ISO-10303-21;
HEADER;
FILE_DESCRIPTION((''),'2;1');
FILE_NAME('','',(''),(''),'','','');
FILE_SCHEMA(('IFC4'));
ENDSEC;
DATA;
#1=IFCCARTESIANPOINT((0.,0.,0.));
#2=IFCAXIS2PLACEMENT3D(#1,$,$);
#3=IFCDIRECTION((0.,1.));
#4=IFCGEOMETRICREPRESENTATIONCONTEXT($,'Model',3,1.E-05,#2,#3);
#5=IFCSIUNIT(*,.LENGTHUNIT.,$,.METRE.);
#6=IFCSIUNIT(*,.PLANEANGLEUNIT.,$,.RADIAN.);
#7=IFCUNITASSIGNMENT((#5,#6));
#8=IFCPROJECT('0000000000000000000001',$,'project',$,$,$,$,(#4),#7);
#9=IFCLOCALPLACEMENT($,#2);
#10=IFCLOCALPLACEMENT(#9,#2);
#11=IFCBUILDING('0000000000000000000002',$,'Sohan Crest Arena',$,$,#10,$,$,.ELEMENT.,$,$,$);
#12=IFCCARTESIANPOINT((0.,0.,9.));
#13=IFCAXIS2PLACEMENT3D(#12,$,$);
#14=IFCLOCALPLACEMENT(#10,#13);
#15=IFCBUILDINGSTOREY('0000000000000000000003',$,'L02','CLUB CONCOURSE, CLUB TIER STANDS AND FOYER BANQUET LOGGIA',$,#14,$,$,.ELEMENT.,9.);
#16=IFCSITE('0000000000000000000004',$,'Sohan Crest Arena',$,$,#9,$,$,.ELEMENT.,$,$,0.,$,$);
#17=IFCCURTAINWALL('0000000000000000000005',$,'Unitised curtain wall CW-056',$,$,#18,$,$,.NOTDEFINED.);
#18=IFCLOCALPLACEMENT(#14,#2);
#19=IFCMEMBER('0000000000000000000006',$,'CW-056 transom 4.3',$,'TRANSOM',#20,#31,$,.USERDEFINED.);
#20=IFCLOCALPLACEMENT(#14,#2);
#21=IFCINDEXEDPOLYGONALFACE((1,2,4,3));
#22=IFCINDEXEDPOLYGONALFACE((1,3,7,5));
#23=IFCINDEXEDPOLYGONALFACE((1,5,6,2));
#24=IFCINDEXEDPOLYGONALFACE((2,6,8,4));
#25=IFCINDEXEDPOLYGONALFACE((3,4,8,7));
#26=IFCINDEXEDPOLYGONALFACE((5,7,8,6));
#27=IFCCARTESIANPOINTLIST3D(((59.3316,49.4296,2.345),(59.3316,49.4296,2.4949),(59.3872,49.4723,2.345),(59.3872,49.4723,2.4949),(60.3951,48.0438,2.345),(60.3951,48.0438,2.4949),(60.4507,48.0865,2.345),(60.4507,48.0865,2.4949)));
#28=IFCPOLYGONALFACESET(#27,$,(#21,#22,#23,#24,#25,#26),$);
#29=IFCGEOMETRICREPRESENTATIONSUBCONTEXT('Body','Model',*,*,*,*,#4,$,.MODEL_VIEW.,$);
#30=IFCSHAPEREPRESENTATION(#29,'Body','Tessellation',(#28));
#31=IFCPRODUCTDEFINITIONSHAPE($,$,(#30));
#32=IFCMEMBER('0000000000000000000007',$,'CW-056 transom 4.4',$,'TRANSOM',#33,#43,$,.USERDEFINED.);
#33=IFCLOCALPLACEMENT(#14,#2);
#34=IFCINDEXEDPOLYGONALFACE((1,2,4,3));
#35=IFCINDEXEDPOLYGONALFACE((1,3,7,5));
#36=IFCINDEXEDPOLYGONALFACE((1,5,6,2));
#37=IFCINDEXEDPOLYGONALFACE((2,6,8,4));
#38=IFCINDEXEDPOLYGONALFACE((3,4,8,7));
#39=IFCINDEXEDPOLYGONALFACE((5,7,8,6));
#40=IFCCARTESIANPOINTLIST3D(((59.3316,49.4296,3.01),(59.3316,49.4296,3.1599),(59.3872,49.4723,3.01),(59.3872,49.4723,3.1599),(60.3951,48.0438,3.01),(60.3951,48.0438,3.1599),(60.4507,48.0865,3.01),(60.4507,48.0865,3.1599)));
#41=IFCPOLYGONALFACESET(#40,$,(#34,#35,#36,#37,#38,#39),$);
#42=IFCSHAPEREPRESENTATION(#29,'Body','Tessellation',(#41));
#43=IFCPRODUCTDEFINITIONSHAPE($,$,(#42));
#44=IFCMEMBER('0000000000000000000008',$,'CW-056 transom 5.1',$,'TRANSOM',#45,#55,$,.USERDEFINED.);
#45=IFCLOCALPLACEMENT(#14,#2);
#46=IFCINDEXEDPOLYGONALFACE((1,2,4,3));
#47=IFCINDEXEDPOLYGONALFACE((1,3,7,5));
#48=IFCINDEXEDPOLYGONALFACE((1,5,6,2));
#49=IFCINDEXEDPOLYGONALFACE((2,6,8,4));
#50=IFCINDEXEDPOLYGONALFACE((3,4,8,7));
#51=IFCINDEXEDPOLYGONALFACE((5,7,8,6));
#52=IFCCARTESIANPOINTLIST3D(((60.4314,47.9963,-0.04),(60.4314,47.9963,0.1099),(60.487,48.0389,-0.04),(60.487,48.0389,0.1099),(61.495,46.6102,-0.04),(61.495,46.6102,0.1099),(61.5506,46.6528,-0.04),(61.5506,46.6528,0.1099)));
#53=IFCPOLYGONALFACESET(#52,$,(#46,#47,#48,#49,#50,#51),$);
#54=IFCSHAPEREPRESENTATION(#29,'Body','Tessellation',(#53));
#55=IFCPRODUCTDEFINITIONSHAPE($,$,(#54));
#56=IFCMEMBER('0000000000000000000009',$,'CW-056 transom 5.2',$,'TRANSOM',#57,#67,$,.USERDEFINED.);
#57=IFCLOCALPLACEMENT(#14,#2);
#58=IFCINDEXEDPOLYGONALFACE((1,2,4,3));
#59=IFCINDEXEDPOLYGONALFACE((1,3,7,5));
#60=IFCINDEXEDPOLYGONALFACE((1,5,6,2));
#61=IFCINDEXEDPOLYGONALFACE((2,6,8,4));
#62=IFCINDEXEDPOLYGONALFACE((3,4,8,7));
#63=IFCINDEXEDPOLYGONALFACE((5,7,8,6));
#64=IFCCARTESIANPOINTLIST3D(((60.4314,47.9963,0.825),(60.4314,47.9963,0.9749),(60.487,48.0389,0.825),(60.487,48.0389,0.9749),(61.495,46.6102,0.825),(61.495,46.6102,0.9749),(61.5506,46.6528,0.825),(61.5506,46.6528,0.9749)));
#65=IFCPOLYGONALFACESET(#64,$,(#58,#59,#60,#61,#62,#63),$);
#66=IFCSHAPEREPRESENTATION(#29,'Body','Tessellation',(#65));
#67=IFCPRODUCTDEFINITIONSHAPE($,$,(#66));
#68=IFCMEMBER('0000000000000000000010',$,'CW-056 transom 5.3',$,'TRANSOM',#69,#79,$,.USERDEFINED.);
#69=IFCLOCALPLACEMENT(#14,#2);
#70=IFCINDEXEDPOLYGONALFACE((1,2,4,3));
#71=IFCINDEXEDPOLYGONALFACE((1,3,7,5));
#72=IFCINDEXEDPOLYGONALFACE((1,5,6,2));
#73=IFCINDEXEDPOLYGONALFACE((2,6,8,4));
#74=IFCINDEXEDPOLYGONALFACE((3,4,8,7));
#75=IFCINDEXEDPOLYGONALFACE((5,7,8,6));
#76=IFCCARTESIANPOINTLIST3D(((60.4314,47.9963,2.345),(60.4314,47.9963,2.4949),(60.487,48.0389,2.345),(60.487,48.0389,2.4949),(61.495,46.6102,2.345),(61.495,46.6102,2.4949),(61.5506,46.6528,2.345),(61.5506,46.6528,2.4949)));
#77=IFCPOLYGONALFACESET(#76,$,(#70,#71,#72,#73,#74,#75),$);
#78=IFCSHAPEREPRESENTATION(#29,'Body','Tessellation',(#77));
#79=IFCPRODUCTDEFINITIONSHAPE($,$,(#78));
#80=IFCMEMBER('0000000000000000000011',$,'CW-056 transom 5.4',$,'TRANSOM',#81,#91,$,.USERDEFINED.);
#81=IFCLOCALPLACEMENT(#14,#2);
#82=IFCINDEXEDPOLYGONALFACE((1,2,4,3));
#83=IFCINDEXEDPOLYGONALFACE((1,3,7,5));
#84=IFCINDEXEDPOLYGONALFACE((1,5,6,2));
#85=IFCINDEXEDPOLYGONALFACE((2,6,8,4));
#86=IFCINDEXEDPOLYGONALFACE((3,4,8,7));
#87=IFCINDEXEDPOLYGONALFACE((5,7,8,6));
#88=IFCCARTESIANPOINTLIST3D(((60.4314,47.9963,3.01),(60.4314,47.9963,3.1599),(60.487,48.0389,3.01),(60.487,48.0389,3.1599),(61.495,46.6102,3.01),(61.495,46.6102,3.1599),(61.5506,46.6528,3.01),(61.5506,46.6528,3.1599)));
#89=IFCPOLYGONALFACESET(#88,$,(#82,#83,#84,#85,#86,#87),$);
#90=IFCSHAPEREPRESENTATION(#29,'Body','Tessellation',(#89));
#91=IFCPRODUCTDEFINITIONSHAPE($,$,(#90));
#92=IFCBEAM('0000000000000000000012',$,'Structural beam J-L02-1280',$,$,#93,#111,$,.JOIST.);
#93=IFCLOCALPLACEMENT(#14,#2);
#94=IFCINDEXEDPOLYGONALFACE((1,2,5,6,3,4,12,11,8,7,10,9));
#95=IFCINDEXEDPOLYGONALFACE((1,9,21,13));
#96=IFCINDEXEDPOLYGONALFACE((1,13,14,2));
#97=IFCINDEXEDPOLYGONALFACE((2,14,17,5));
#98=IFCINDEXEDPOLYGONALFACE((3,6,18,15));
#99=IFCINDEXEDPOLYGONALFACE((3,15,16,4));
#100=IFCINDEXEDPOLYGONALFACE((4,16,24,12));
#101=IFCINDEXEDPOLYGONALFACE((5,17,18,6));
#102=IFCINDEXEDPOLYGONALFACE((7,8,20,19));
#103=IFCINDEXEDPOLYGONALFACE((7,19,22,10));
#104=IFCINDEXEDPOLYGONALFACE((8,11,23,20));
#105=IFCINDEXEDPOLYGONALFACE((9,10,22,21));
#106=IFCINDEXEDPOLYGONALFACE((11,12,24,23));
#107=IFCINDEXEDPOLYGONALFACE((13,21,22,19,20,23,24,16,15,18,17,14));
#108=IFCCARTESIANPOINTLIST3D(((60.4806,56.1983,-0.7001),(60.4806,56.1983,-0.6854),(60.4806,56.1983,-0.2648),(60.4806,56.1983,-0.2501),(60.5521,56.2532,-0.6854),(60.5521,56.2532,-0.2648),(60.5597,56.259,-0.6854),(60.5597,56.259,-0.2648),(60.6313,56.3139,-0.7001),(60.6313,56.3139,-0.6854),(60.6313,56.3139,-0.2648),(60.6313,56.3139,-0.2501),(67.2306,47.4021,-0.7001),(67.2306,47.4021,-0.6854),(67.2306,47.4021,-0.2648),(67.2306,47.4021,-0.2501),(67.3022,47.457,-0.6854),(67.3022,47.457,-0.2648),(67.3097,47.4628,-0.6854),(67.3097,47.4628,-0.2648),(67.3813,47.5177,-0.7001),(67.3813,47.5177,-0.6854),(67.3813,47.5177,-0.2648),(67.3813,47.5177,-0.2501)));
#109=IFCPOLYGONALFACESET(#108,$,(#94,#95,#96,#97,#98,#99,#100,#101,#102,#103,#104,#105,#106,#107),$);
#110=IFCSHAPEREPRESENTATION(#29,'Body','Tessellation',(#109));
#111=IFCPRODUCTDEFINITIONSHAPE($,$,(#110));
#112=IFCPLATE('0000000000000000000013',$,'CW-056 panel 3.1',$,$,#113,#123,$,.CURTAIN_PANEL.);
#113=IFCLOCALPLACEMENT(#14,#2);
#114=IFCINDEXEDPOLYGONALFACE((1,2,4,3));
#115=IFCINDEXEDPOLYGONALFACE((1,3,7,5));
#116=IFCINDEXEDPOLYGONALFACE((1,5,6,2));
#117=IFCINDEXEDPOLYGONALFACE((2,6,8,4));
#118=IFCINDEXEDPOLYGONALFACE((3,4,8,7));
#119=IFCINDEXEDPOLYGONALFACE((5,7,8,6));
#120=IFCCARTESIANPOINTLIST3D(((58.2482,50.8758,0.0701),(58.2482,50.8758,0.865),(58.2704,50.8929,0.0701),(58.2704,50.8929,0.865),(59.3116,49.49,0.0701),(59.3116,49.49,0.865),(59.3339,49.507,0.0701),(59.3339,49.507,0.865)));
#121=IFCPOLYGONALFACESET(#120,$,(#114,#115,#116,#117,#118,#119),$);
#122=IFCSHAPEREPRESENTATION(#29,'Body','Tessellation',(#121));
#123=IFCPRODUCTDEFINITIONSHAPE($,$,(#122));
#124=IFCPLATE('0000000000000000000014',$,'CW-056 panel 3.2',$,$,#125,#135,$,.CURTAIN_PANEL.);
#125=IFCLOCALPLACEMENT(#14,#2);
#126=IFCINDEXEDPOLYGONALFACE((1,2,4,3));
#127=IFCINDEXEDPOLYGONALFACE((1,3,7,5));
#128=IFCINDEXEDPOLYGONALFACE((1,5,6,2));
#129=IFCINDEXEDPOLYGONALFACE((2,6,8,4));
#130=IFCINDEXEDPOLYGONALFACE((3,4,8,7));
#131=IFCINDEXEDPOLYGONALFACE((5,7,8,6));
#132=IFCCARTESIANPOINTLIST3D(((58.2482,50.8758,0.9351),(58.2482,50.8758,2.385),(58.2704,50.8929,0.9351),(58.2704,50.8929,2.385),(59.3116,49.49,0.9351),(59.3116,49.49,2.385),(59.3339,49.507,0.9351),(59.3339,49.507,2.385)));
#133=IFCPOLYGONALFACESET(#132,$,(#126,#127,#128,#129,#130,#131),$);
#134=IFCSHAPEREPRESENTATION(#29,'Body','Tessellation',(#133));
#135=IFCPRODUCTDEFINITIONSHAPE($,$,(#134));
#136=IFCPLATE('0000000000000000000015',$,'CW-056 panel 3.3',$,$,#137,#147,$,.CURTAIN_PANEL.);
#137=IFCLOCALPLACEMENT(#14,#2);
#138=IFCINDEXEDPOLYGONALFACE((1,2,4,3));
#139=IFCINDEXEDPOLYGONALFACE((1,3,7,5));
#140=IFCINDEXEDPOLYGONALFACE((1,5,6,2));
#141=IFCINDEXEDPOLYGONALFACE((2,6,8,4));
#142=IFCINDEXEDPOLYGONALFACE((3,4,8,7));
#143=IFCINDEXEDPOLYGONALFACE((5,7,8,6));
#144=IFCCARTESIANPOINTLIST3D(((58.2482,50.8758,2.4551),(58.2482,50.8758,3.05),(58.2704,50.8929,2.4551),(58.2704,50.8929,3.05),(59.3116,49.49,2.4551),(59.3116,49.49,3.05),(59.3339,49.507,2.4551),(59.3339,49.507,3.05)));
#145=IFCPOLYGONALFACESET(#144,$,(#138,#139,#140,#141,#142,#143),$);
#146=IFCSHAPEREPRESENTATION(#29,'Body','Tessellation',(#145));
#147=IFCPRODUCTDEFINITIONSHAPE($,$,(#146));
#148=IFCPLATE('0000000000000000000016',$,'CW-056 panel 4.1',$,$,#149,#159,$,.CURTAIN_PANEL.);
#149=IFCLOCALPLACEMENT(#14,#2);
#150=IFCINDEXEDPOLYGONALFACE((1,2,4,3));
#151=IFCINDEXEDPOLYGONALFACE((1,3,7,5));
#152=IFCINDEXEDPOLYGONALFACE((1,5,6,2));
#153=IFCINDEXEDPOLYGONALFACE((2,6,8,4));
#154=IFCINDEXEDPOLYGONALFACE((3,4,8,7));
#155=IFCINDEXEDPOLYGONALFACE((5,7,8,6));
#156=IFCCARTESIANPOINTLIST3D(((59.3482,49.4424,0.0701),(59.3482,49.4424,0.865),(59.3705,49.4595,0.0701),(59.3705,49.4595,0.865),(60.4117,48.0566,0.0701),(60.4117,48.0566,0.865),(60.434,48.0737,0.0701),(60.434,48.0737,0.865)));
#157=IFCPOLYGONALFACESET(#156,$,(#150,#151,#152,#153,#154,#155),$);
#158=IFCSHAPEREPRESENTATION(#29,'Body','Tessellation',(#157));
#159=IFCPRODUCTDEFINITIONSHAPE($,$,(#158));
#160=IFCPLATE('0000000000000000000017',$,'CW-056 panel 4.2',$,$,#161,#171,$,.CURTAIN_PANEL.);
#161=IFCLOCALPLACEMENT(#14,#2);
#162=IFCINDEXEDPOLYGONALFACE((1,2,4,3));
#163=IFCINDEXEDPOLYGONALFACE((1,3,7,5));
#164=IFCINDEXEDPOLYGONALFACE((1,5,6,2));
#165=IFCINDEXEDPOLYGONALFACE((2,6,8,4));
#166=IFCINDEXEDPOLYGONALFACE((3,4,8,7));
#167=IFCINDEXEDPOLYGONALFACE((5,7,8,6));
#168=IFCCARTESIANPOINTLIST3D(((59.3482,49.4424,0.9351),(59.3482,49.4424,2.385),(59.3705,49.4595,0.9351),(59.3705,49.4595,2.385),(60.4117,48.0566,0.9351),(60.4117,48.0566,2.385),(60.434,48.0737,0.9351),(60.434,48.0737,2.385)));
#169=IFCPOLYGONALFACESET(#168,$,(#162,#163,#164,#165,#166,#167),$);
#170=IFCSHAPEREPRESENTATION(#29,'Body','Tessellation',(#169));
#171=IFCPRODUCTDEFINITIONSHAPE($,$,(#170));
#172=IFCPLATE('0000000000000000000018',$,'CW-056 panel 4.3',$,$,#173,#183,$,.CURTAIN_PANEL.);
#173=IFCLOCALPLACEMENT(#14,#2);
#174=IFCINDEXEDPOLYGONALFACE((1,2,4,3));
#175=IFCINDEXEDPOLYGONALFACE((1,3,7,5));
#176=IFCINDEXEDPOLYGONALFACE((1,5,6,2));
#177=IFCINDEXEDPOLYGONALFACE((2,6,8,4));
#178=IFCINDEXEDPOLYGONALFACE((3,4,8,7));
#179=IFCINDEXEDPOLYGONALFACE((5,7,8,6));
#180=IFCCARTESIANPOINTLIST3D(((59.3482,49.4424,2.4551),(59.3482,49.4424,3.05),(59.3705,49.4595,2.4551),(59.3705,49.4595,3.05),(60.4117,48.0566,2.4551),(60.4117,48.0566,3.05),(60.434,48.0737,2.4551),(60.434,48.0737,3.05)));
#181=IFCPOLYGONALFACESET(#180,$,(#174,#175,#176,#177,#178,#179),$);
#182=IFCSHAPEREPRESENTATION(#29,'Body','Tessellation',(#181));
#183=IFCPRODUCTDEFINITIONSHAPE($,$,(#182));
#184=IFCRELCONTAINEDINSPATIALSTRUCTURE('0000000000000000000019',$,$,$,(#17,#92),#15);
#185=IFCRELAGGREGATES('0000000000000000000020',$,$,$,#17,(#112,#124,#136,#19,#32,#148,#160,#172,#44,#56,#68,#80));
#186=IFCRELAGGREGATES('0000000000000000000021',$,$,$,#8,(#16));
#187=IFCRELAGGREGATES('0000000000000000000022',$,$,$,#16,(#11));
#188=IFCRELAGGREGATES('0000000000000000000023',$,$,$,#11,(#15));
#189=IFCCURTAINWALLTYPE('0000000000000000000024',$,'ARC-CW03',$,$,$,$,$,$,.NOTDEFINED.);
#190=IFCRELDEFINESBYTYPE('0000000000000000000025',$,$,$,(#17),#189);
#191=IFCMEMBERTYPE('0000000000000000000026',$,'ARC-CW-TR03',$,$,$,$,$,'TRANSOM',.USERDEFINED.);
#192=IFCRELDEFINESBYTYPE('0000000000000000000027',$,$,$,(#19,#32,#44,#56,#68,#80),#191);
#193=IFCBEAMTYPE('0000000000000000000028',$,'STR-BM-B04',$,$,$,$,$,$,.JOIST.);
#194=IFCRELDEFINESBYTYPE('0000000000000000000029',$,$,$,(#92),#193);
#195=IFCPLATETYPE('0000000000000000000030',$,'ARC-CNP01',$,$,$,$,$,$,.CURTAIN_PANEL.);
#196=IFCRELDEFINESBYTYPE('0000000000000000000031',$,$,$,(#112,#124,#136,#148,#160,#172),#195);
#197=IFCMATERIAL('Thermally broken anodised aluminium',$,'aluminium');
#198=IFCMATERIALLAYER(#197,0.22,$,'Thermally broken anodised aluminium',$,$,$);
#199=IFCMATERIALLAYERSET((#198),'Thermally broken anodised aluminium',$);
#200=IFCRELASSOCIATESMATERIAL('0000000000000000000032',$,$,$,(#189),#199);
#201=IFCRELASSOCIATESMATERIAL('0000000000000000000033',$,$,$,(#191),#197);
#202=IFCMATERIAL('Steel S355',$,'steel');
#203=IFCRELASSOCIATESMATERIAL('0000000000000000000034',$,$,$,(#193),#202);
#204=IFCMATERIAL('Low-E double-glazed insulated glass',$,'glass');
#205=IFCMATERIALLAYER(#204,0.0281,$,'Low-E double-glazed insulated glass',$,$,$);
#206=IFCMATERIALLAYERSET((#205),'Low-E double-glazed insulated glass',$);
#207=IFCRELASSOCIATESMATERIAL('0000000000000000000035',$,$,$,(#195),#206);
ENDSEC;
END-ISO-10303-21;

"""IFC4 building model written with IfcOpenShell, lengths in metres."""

from ifc_helpers import new_model, si_unit, direction, frame, origin, origin_2d, place, context, subcontext, project, spatial, rectangle, i_section, extrude, material, layer, layer_set, material_profile, profile_set, type_object, element, aggregate, save


model = new_model("IFC4")

# Units and contexts
model_context = context("Model", 3, precision=1e-05, world=origin(), true_north=direction((0.0, 1.0)))
body_context = subcontext(model_context, "Body", "Model", "MODEL_VIEW")
ifc_project = project(units=[si_unit("LENGTHUNIT", "METRE"), si_unit("PLANEANGLEUNIT", "RADIAN")], contexts=[model_context])

# Site, building, storey
site_placement = place(None, origin())
site = spatial("IfcSite", under=ifc_project, at=site_placement, Name="Sohan Crest Arena", CompositionType="ELEMENT", RefElevation=0.0)
building_placement = place(site_placement, origin())
building = spatial("IfcBuilding", under=site, at=building_placement, Name="Sohan Crest Arena", CompositionType="ELEMENT")
storey_placement = place(building_placement, frame((0.0, 0.0, 9.0)))
storey = spatial("IfcBuildingStorey", under=building, at=storey_placement, Name="L02", Description="CLUB CONCOURSE, CLUB TIER STANDS AND FOYER BANQUET LOGGIA", CompositionType="ELEMENT", Elevation=9.0)

# Curtain wall
ifc_material_1 = material(Name="Thermally broken anodised aluminium", Category="aluminium")
ifc_layer_1 = layer(ifc_material_1, 0.22, Name="Thermally broken anodised aluminium")
ifc_layer_set_1 = layer_set([ifc_layer_1], Name="Thermally broken anodised aluminium")
curtain_wall_type_1 = type_object("IfcCurtainWallType", Name="ARC-CW03", PredefinedType="NOTDEFINED", material=ifc_layer_set_1)
curtain_wall_1_placement = place(storey_placement, origin())
curtain_wall_1 = element("IfcCurtainWall", 1, at=curtain_wall_1_placement, inside=storey, type_object=curtain_wall_type_1, Name="Unitised curtain wall CW-056", PredefinedType="NOTDEFINED")

# Members
ifc_material_profile_1 = material_profile(ifc_material_1, rectangle(XDim=0.0701, YDim=0.1499, at=origin_2d()), Name="ALU-TRAN 70x150")
ifc_profile_set_1 = profile_set([ifc_material_profile_1], Name="Thermally broken anodised aluminium")
member_type_1 = type_object("IfcMemberType", Name="ARC-CW-TR03", ElementType="TRANSOM", PredefinedType="USERDEFINED", material=ifc_profile_set_1)
member_1_placement = place(storey_placement, frame((59.3594, 49.4509, 2.4199), z_axis=(0.608819, -0.793309, 0.0), x_axis=(0.793309, 0.608819, 0.0)))
member_1 = element("IfcMember", 2, at=member_1_placement, type_object=member_type_1, Name="CW-056 transom 4.3", ObjectType="TRANSOM", PredefinedType="USERDEFINED", context=body_context, shape_type="SweptSolid", body=[
    extrude(rectangle(XDim=0.0701, YDim=0.1499, at=origin_2d()), origin(), (0.0, 0.0, 1.0), 1.7468),
])
member_2_placement = place(storey_placement, frame((59.3594, 49.4509, 3.085), z_axis=(0.608819, -0.793309, 0.0), x_axis=(0.793309, 0.608819, 0.0)))
member_2 = element("IfcMember", 3, at=member_2_placement, type_object=member_type_1, Name="CW-056 transom 4.4", ObjectType="TRANSOM", PredefinedType="USERDEFINED", context=body_context, shape_type="SweptSolid", body=[
    extrude(rectangle(XDim=0.0701, YDim=0.1499, at=origin_2d()), origin(), (0.0, 0.0, 1.0), 1.7468),
])
member_3_placement = place(storey_placement, frame((60.4592, 48.0176, 0.0349), z_axis=(0.608751, -0.793361, 0.0), x_axis=(0.793361, 0.608751, 0.0)))
member_3 = element("IfcMember", 4, at=member_3_placement, type_object=member_type_1, Name="CW-056 transom 5.1", ObjectType="TRANSOM", PredefinedType="USERDEFINED", context=body_context, shape_type="SweptSolid", body=[
    extrude(rectangle(XDim=0.0701, YDim=0.1499, at=origin_2d()), origin(), (0.0, 0.0, 1.0), 1.7471),
])
member_4_placement = place(storey_placement, frame((60.4592, 48.0176, 0.8999), z_axis=(0.608751, -0.793361, 0.0), x_axis=(0.793361, 0.608751, 0.0)))
member_4 = element("IfcMember", 5, at=member_4_placement, type_object=member_type_1, Name="CW-056 transom 5.2", ObjectType="TRANSOM", PredefinedType="USERDEFINED", context=body_context, shape_type="SweptSolid", body=[
    extrude(rectangle(XDim=0.0701, YDim=0.1499, at=origin_2d()), origin(), (0.0, 0.0, 1.0), 1.7471),
])
member_5_placement = place(storey_placement, frame((60.4592, 48.0176, 2.4199), z_axis=(0.608751, -0.793361, 0.0), x_axis=(0.793361, 0.608751, 0.0)))
member_5 = element("IfcMember", 6, at=member_5_placement, type_object=member_type_1, Name="CW-056 transom 5.3", ObjectType="TRANSOM", PredefinedType="USERDEFINED", context=body_context, shape_type="SweptSolid", body=[
    extrude(rectangle(XDim=0.0701, YDim=0.1499, at=origin_2d()), origin(), (0.0, 0.0, 1.0), 1.7471),
])
member_6_placement = place(storey_placement, frame((60.4592, 48.0176, 3.085), z_axis=(0.608751, -0.793361, 0.0), x_axis=(0.793361, 0.608751, 0.0)))
member_6 = element("IfcMember", 7, at=member_6_placement, type_object=member_type_1, Name="CW-056 transom 5.4", ObjectType="TRANSOM", PredefinedType="USERDEFINED", context=body_context, shape_type="SweptSolid", body=[
    extrude(rectangle(XDim=0.0701, YDim=0.1499, at=origin_2d()), origin(), (0.0, 0.0, 1.0), 1.7471),
])

# Beam
ifc_material_2 = material(Name="Steel S355", Category="steel")
ifc_material_profile_2 = material_profile(ifc_material_2, i_section(OverallWidth=0.1899, OverallDepth=0.45, WebThickness=0.0095, FlangeThickness=0.0146, at=origin_2d()), Name="IPE 450")
ifc_profile_set_2 = profile_set([ifc_material_profile_2], Name="Steel S355")
beam_type = type_object("IfcBeamType", Name="STR-BM-B04", PredefinedType="JOIST", material=ifc_profile_set_2)
beam_placement = place(storey_placement, frame((60.5559, 56.2561, -0.4751), z_axis=(0.608789, -0.793332, 0.0), x_axis=(0.793332, 0.608789, 0.0)))
element("IfcBeam", 8, at=beam_placement, inside=storey, type_object=beam_type, Name="Structural beam J-L02-1280", PredefinedType="JOIST", context=body_context, shape_type="SweptSolid", body=[
    extrude(i_section(OverallWidth=0.1899, OverallDepth=0.45, WebThickness=0.0095, FlangeThickness=0.0146, at=origin_2d()), origin(), (0.0, 0.0, 1.0), 11.0876),
])

# Plates
ifc_material_3 = material(Name="Low-E double-glazed insulated glass", Category="glass")
ifc_layer_2 = layer(ifc_material_3, 0.0281, Name="Low-E double-glazed insulated glass")
ifc_layer_set_2 = layer_set([ifc_layer_2], Name="Low-E double-glazed insulated glass")
plate_type = type_object("IfcPlateType", Name="ARC-CNP01", PredefinedType="CURTAIN_PANEL", material=ifc_layer_set_2)
plate_1_placement = place(storey_placement, frame((58.791, 50.1914, 0.0701), z_axis=(0.0, 0.0, 1.0), x_axis=(0.608793, -0.793329, 0.0)))
plate_1 = element("IfcPlate", 9, at=plate_1_placement, type_object=plate_type, Name="CW-056 panel 3.1", PredefinedType="CURTAIN_PANEL", context=body_context, shape_type="SweptSolid", body=[
    extrude(rectangle(XDim=1.7468, YDim=0.0281, at=origin_2d()), origin(), (0.0, 0.0, 1.0), 0.7949),
])
plate_2_placement = place(storey_placement, frame((58.791, 50.1914, 0.9351), z_axis=(0.0, 0.0, 1.0), x_axis=(0.608793, -0.793329, 0.0)))
plate_2 = element("IfcPlate", 10, at=plate_2_placement, type_object=plate_type, Name="CW-056 panel 3.2", PredefinedType="CURTAIN_PANEL", context=body_context, shape_type="SweptSolid", body=[
    extrude(rectangle(XDim=1.7468, YDim=0.0281, at=origin_2d()), origin(), (0.0, 0.0, 1.0), 1.45),
])
plate_3_placement = place(storey_placement, frame((58.791, 50.1914, 2.4551), z_axis=(0.0, 0.0, 1.0), x_axis=(0.608793, -0.793329, 0.0)))
plate_3 = element("IfcPlate", 11, at=plate_3_placement, type_object=plate_type, Name="CW-056 panel 3.3", PredefinedType="CURTAIN_PANEL", context=body_context, shape_type="SweptSolid", body=[
    extrude(rectangle(XDim=1.7468, YDim=0.0281, at=origin_2d()), origin(), (0.0, 0.0, 1.0), 0.595),
])
plate_4_placement = place(storey_placement, frame((59.8911, 48.7581, 0.0701), z_axis=(0.0, 0.0, 1.0), x_axis=(0.608793, -0.793329, 0.0)))
plate_4 = element("IfcPlate", 12, at=plate_4_placement, type_object=plate_type, Name="CW-056 panel 4.1", PredefinedType="CURTAIN_PANEL", context=body_context, shape_type="SweptSolid", body=[
    extrude(rectangle(XDim=1.7468, YDim=0.0281, at=origin_2d()), origin(), (0.0, 0.0, 1.0), 0.7949),
])
plate_5_placement = place(storey_placement, frame((59.8911, 48.7581, 0.9351), z_axis=(0.0, 0.0, 1.0), x_axis=(0.608793, -0.793329, 0.0)))
plate_5 = element("IfcPlate", 13, at=plate_5_placement, type_object=plate_type, Name="CW-056 panel 4.2", PredefinedType="CURTAIN_PANEL", context=body_context, shape_type="SweptSolid", body=[
    extrude(rectangle(XDim=1.7468, YDim=0.0281, at=origin_2d()), origin(), (0.0, 0.0, 1.0), 1.45),
])
plate_6_placement = place(storey_placement, frame((59.8911, 48.7581, 2.4551), z_axis=(0.0, 0.0, 1.0), x_axis=(0.608793, -0.793329, 0.0)))
plate_6 = element("IfcPlate", 14, at=plate_6_placement, type_object=plate_type, Name="CW-056 panel 4.3", PredefinedType="CURTAIN_PANEL", context=body_context, shape_type="SweptSolid", body=[
    extrude(rectangle(XDim=1.7468, YDim=0.0281, at=origin_2d()), origin(), (0.0, 0.0, 1.0), 0.595),
])
aggregate(curtain_wall_1, [plate_1, plate_2, plate_3, member_1, member_2, plate_4, plate_5, plate_6, member_3, member_4, member_5, member_6])

save(model, "model.ifc")
